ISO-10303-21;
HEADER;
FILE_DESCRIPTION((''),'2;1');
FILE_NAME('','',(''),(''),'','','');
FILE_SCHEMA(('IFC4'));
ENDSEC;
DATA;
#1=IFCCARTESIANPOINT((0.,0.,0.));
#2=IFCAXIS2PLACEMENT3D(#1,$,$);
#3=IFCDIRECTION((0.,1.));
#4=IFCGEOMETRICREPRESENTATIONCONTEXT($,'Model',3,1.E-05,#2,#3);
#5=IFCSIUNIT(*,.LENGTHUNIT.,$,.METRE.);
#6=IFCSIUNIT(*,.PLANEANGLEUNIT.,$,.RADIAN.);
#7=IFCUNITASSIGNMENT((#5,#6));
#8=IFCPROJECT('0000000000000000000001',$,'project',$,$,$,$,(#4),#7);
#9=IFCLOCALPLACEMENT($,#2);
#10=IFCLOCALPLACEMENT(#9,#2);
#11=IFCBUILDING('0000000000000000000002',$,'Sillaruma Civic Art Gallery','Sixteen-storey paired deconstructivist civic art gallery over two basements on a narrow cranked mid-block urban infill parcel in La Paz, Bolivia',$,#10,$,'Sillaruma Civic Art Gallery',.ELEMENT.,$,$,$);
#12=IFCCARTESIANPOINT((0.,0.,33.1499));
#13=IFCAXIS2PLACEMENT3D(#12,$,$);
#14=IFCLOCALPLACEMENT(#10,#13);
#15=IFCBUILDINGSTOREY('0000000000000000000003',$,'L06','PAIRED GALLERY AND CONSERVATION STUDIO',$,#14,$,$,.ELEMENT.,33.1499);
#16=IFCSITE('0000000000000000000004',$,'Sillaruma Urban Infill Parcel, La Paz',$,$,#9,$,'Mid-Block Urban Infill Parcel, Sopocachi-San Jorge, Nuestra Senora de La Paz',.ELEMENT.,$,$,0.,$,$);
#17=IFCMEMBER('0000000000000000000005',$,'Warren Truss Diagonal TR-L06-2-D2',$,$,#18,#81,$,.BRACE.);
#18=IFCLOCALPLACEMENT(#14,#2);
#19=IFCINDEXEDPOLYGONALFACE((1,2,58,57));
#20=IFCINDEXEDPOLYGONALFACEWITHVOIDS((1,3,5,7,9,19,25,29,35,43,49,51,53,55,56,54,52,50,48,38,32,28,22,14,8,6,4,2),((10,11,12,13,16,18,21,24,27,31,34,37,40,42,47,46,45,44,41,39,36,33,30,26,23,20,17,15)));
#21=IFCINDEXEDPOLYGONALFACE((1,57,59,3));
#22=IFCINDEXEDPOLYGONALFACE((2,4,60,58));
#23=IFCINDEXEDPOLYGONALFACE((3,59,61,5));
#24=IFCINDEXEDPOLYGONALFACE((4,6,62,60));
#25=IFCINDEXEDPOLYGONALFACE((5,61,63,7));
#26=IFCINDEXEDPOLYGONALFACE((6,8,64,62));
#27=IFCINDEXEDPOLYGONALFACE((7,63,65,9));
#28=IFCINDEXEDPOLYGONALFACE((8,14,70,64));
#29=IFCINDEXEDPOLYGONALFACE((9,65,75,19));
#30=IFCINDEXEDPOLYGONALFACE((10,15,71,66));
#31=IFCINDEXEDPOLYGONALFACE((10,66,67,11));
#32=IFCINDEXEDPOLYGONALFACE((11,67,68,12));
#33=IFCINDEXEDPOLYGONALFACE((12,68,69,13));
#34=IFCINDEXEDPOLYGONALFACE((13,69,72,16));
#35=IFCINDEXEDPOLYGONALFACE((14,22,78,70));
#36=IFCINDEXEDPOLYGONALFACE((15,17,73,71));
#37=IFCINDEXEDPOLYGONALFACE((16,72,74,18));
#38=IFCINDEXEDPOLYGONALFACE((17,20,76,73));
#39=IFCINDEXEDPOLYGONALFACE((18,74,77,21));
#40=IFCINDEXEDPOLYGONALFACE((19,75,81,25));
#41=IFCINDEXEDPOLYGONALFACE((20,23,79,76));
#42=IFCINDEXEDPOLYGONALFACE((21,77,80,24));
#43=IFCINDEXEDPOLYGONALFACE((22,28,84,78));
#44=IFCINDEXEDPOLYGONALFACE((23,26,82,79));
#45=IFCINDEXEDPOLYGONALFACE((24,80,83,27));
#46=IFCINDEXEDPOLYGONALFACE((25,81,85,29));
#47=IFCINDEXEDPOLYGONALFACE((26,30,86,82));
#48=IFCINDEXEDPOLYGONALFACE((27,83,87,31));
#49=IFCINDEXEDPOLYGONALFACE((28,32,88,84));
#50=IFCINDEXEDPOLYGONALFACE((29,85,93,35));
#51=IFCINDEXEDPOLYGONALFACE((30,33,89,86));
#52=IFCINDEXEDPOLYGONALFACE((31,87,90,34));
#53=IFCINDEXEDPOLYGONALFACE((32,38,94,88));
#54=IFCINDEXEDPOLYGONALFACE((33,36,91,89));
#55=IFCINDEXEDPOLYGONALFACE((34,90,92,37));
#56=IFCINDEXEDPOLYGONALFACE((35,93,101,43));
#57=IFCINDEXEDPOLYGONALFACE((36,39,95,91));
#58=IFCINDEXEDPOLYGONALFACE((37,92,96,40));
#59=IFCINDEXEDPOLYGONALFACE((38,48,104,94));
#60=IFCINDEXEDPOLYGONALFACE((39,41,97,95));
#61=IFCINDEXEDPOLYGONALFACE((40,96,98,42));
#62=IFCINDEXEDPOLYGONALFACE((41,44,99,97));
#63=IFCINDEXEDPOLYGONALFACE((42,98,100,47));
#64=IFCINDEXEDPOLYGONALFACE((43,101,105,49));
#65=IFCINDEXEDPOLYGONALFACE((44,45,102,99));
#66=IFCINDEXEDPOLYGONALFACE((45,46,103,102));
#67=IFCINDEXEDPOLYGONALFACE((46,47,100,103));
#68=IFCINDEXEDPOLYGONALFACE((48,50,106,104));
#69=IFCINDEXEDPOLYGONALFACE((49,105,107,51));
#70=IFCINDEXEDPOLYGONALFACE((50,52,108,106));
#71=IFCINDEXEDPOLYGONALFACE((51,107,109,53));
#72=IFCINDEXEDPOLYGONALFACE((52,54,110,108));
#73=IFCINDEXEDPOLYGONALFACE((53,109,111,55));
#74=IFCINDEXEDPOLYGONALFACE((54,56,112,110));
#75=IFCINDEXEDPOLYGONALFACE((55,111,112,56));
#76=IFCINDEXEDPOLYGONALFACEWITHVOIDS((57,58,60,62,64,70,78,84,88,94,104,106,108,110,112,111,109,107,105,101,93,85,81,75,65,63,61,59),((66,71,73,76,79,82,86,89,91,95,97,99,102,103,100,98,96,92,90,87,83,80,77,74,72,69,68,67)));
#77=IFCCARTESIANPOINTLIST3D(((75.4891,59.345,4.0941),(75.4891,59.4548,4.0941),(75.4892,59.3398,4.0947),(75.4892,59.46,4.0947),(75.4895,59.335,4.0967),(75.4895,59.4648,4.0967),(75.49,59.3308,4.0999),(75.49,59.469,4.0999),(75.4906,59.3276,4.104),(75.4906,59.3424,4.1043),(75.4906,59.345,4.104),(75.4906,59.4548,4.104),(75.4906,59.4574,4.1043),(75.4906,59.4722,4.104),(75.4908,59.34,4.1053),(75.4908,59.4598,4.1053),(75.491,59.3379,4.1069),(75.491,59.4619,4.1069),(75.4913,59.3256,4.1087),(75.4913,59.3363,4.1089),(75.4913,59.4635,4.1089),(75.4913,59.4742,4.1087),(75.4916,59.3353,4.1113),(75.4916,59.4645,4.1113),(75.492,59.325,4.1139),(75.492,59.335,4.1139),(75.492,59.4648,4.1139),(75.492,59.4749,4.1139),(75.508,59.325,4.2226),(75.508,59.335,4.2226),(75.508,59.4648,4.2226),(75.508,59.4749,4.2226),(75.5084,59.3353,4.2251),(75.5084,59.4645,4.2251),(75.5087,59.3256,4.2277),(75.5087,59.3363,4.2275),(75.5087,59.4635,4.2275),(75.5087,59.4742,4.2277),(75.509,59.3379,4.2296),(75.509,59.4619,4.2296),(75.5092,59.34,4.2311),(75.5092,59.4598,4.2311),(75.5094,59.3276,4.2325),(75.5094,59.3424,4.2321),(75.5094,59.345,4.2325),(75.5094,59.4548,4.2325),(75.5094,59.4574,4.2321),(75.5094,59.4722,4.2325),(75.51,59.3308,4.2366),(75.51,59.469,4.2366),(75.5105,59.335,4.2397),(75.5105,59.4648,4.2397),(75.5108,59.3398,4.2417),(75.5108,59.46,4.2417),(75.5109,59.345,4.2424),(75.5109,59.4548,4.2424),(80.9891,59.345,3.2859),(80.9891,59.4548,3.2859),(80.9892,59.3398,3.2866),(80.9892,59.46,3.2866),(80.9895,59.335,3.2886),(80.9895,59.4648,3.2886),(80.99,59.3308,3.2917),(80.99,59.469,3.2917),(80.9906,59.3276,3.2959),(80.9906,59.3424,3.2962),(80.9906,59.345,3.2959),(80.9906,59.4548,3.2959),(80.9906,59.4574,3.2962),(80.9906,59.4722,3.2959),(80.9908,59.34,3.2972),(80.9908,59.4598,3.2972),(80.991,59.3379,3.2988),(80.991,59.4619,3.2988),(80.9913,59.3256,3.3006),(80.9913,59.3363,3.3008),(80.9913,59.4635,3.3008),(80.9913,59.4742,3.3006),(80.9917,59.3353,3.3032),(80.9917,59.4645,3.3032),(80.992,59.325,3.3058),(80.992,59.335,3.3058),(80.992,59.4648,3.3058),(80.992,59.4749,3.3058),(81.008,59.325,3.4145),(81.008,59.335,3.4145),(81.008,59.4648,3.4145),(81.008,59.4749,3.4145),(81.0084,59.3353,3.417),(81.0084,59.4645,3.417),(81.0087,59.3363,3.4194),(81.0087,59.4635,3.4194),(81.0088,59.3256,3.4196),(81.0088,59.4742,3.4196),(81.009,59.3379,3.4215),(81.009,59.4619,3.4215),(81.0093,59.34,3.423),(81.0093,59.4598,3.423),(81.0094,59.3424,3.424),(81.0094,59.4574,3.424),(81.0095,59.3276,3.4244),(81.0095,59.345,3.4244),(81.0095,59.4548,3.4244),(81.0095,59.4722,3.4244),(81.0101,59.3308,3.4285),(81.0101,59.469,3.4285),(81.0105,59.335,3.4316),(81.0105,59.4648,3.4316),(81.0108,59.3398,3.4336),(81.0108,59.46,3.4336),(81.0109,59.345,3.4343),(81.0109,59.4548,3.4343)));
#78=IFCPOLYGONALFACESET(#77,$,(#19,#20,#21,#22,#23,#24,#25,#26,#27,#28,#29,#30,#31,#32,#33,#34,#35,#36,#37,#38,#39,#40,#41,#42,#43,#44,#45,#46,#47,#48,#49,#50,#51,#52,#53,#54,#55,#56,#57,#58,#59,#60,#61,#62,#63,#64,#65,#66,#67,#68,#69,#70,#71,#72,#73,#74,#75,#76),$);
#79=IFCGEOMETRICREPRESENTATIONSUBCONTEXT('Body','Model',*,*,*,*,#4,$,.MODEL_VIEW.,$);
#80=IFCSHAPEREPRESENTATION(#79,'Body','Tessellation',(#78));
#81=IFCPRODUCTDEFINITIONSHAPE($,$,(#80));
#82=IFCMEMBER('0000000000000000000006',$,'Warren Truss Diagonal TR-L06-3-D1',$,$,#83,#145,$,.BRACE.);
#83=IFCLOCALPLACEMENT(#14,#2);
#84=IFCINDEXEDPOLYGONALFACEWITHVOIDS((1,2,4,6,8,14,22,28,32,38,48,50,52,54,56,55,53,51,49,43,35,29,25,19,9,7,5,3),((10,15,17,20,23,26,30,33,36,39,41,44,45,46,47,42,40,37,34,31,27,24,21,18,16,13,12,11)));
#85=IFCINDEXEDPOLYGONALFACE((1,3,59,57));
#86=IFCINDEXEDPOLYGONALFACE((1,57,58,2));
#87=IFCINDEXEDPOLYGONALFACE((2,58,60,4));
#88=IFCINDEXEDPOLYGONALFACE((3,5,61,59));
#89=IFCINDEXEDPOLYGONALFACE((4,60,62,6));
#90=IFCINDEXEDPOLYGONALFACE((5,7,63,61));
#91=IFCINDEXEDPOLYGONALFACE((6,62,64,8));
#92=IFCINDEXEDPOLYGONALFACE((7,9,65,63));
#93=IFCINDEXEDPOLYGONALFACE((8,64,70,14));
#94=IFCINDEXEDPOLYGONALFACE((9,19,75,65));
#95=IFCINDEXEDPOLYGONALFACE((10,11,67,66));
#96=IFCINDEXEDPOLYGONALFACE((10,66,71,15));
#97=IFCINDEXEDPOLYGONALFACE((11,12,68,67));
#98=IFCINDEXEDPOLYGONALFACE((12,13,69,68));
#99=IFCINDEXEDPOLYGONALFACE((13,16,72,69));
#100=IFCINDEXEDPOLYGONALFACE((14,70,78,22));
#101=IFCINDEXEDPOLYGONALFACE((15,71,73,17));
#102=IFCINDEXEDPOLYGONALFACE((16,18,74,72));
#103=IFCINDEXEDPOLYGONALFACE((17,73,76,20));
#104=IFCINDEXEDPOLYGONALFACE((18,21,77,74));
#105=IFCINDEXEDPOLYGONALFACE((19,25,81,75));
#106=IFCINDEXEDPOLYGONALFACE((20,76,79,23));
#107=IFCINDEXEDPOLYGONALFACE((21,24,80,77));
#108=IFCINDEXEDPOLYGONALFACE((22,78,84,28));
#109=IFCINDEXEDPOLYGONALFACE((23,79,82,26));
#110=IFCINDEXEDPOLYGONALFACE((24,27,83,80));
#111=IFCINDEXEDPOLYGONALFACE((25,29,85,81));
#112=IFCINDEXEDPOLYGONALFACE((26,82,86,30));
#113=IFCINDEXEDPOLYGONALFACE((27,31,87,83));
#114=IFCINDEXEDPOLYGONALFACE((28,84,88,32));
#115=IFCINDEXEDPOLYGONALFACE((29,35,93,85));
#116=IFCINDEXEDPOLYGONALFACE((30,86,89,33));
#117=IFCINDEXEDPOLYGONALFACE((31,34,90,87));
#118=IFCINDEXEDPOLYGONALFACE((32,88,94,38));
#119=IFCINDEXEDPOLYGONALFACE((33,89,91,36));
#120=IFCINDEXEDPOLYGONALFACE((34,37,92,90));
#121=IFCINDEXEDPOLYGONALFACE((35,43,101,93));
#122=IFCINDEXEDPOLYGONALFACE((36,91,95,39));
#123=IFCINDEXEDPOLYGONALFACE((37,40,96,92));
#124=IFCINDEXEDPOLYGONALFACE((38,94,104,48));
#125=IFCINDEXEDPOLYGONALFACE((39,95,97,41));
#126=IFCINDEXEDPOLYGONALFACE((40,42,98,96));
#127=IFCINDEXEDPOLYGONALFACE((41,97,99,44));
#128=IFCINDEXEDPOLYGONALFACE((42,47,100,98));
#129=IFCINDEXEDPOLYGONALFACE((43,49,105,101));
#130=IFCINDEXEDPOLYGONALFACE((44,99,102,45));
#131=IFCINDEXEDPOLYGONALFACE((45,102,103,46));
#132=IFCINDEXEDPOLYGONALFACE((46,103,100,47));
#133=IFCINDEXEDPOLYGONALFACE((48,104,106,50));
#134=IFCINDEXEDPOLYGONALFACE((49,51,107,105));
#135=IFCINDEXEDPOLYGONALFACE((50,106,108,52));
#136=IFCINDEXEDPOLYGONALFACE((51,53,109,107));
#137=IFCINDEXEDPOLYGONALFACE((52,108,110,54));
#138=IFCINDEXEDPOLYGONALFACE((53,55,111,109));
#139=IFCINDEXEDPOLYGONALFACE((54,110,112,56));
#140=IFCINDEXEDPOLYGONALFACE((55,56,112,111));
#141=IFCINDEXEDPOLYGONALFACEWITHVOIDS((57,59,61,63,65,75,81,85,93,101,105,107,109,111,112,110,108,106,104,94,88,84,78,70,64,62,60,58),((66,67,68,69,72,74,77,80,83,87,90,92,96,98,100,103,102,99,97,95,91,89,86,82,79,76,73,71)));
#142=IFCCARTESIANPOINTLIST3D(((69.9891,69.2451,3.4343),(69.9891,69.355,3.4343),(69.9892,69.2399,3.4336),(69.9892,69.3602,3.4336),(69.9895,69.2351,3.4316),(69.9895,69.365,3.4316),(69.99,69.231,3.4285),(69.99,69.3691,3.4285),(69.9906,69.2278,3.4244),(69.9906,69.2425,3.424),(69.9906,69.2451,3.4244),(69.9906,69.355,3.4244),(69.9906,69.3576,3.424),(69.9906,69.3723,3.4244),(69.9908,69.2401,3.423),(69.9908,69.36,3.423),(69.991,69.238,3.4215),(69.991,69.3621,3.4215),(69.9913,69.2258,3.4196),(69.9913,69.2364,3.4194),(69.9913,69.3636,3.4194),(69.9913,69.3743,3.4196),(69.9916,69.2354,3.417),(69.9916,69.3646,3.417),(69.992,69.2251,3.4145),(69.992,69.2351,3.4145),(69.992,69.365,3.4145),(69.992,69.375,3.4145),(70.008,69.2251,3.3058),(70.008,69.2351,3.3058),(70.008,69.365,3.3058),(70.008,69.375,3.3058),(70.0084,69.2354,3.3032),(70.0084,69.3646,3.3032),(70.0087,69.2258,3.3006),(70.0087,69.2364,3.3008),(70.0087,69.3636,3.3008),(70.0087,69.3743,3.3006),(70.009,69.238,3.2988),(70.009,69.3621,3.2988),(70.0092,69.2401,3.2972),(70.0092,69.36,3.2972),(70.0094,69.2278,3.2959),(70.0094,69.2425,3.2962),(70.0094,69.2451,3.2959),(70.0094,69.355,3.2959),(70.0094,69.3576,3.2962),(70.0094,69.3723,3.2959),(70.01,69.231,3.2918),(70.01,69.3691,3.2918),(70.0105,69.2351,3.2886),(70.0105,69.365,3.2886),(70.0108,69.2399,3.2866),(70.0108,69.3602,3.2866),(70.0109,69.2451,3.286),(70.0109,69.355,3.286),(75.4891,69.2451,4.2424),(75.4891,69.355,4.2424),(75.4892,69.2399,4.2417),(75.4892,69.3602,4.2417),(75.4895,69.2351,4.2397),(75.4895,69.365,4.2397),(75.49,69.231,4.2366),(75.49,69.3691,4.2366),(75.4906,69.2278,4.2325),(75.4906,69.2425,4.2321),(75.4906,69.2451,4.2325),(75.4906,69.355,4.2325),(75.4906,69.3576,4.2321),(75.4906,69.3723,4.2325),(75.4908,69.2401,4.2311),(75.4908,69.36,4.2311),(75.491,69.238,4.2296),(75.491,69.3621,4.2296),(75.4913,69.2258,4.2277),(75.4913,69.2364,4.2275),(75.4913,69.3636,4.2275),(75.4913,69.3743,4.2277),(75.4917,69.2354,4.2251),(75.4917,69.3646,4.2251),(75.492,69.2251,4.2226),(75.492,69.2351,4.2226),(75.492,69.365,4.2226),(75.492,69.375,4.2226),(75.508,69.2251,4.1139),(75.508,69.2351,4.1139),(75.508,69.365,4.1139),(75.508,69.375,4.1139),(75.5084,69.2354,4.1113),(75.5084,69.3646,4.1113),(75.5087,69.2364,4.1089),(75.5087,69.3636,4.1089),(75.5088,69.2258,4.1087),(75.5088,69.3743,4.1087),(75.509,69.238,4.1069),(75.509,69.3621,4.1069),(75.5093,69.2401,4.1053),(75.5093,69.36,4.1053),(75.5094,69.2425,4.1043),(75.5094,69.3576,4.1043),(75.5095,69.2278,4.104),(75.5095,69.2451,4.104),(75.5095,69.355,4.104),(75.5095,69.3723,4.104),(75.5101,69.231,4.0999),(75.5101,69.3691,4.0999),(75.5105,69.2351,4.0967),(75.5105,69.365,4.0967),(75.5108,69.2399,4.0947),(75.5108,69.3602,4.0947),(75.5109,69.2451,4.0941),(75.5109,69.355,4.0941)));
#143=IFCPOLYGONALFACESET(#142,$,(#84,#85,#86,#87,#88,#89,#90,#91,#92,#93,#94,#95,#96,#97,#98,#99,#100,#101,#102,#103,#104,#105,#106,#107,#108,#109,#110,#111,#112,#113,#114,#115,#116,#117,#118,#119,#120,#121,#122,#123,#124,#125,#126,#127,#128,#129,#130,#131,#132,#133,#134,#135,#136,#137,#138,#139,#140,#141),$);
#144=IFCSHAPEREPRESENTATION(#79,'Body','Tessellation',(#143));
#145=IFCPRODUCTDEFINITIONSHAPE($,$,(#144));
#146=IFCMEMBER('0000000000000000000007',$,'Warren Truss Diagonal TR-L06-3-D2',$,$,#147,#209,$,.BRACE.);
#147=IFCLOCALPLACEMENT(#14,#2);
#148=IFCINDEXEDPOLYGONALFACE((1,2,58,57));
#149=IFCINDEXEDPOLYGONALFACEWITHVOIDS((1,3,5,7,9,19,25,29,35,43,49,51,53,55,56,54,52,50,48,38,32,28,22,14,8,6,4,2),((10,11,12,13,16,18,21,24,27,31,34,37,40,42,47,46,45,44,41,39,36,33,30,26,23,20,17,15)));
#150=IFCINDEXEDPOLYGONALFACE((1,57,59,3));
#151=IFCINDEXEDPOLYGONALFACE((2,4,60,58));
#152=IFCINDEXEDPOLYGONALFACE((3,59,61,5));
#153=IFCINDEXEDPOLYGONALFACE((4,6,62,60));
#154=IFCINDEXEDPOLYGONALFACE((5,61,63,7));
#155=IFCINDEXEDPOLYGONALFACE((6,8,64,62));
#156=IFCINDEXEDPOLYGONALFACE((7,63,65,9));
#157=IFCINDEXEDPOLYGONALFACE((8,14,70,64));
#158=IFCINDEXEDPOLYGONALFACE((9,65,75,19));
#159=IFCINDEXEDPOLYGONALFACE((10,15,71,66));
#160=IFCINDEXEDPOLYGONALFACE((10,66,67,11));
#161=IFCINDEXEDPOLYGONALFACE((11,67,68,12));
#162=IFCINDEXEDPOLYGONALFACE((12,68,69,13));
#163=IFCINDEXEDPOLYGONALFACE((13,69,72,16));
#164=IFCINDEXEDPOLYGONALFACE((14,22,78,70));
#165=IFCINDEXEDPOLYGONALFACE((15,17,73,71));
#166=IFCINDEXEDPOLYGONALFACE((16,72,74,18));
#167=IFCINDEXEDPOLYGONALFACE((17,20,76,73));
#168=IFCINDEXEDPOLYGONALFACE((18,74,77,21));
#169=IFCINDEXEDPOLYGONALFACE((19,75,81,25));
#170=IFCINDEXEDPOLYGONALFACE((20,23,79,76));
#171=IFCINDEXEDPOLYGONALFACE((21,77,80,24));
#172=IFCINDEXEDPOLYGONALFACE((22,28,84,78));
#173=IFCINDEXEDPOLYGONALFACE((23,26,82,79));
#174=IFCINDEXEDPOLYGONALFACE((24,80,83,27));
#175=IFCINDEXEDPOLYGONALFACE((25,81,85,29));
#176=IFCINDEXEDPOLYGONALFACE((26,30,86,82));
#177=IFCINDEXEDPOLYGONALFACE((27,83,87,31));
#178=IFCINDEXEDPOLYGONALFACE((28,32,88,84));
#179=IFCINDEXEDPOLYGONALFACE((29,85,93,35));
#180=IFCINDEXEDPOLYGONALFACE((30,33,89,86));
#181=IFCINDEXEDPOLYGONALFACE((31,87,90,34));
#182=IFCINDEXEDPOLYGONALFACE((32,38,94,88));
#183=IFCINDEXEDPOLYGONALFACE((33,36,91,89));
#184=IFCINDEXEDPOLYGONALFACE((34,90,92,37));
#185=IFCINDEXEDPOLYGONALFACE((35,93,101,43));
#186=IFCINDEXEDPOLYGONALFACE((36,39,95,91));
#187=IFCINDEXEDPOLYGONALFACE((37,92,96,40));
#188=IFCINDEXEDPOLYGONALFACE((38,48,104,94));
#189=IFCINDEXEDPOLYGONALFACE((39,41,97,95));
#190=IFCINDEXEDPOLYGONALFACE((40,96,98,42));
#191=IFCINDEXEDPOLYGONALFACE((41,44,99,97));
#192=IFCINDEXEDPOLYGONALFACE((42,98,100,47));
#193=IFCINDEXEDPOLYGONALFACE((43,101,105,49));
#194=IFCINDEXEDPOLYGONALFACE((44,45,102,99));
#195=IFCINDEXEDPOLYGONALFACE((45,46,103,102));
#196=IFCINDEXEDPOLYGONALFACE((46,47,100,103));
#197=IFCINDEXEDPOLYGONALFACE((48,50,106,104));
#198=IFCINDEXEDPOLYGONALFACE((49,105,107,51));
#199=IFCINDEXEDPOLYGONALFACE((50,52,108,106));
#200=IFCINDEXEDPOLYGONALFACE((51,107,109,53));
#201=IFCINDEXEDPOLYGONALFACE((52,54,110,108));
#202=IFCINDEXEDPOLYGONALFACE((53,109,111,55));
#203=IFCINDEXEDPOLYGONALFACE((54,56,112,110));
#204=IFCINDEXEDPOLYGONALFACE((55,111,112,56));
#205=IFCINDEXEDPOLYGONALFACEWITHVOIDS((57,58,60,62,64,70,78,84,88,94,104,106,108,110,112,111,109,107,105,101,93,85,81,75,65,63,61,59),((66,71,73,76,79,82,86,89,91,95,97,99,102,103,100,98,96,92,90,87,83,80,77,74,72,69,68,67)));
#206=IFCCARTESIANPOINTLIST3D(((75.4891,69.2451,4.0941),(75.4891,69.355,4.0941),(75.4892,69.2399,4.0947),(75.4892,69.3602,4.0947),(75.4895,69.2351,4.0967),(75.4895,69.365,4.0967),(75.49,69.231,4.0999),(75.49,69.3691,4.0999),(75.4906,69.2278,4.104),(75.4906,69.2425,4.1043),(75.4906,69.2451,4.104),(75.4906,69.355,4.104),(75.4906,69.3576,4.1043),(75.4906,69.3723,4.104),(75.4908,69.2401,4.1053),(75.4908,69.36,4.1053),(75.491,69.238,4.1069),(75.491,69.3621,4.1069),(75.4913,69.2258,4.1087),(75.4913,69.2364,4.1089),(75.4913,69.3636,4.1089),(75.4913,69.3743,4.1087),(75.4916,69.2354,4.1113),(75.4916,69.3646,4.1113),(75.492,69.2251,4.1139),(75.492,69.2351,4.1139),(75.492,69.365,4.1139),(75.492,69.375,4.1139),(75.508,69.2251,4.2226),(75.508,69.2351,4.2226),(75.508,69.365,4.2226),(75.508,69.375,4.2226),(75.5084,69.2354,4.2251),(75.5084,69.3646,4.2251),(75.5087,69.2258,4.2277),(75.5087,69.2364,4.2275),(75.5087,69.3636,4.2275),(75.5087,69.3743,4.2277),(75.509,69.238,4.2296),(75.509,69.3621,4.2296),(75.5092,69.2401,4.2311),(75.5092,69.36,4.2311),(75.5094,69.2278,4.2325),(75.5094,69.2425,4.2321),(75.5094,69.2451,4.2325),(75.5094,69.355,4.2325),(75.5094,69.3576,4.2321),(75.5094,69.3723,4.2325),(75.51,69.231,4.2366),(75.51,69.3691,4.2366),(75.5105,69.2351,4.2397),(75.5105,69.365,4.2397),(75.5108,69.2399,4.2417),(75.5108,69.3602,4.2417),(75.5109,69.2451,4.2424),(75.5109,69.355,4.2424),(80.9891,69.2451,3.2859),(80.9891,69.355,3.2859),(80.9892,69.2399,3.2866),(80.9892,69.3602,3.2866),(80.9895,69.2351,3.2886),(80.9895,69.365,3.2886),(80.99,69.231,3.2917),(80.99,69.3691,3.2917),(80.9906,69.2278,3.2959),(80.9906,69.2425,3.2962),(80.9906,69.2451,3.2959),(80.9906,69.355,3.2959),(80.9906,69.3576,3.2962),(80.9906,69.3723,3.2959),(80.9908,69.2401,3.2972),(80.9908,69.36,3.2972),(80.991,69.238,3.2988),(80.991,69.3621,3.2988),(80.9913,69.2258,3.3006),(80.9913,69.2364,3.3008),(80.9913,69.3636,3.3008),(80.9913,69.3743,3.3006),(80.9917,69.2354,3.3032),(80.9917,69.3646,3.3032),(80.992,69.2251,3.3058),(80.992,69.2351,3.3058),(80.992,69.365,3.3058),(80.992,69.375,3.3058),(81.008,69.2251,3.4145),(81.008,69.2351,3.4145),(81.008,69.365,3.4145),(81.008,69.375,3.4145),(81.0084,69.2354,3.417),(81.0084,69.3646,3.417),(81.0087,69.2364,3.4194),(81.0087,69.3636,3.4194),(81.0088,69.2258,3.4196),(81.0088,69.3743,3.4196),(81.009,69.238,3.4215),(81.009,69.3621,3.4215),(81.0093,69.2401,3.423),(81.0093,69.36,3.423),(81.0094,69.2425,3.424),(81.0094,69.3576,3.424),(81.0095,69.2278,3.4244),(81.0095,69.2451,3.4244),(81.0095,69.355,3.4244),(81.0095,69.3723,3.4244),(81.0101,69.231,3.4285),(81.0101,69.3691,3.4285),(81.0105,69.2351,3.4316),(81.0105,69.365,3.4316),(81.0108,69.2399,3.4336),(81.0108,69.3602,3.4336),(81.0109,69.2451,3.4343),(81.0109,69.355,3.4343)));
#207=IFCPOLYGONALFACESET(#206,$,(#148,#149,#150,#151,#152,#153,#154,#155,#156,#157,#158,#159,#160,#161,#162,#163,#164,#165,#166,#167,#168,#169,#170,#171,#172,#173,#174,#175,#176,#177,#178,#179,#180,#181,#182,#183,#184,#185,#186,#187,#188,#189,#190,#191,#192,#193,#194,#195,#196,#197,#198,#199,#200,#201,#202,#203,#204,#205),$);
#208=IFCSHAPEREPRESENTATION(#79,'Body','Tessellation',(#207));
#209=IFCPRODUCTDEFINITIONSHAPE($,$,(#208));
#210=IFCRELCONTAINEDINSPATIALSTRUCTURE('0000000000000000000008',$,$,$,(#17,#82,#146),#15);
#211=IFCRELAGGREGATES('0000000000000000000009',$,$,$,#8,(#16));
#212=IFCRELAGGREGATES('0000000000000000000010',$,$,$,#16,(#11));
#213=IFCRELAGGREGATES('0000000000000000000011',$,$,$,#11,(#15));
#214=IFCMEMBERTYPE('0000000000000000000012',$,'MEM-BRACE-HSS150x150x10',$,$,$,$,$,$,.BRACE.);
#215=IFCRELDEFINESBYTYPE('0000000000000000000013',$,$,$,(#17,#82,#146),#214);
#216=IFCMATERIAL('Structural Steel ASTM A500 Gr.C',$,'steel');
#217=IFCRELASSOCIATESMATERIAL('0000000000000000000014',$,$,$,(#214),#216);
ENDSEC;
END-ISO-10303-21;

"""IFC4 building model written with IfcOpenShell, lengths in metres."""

from ifc_helpers import new_model, si_unit, direction, frame, origin, origin_2d, place, context, subcontext, project, spatial, hollow_rectangle, extrude, material, material_profile, profile_set, type_object, element, save


model = new_model("IFC4")

# Units and contexts
model_context = context("Model", 3, precision=1e-05, world=origin(), true_north=direction((0.0, 1.0)))
body_context = subcontext(model_context, "Body", "Model", "MODEL_VIEW")
ifc_project = project(units=[si_unit("LENGTHUNIT", "METRE"), si_unit("PLANEANGLEUNIT", "RADIAN")], contexts=[model_context])

# Site, building, storey
site_placement = place(None, origin())
site = spatial("IfcSite", under=ifc_project, at=site_placement, Name="Sillaruma Urban Infill Parcel, La Paz", LongName="Mid-Block Urban Infill Parcel, Sopocachi-San Jorge, Nuestra Senora de La Paz", CompositionType="ELEMENT", RefElevation=0.0)
building_placement = place(site_placement, origin())
building = spatial("IfcBuilding", under=site, at=building_placement, Name="Sillaruma Civic Art Gallery", Description="Sixteen-storey paired deconstructivist civic art gallery over two basements on a narrow cranked mid-block urban infill parcel in La Paz, Bolivia", LongName="Sillaruma Civic Art Gallery", CompositionType="ELEMENT")
storey_placement = place(building_placement, frame((0.0, 0.0, 33.1499)))
storey = spatial("IfcBuildingStorey", under=building, at=storey_placement, Name="L06", Description="PAIRED GALLERY AND CONSERVATION STUDIO", CompositionType="ELEMENT", Elevation=33.1499)

# Shared definitions
ifc_material_1 = material(Name="Structural Steel ASTM A500 Gr.C", Category="steel")

# Members
ifc_material_profile_1 = material_profile(ifc_material_1, hollow_rectangle(XDim=0.1499, YDim=0.1499, WallThickness=0.01, InnerFilletRadius=0.01, OuterFilletRadius=0.02, at=origin_2d()), Name="HSS150x150x10")
ifc_profile_set_1 = profile_set([ifc_material_profile_1], Name="Structural Steel ASTM A500 Gr.C")
member_type_1 = type_object("IfcMemberType", Name="MEM-BRACE-HSS150x150x10", PredefinedType="BRACE", material=ifc_profile_set_1)
for number, where, z_axis, x_axis, name in (
    (1, (75.5, 59.3999, 4.1682), (0.989378, 0.0, -0.145368), (0.0, 1.0, 0.0), "Warren Truss Diagonal TR-L06-2-D2"),
    (2, (70.0, 69.3, 3.3601), (0.989378, 0.0, 0.145368), (0.0, 1.0, 0.0), "Warren Truss Diagonal TR-L06-3-D1"),
    (3, (75.5, 69.3, 4.1682), (0.989378, 0.0, -0.145368), (0.0, 1.0, 0.0), "Warren Truss Diagonal TR-L06-3-D2"),
):
    element("IfcMember", number, at=place(storey_placement, frame(where, z_axis=z_axis, x_axis=x_axis)), inside=storey, type_object=member_type_1, Name=name, PredefinedType="BRACE", context=body_context, shape_type="SweptSolid", body=[
        extrude(hollow_rectangle(XDim=0.1499, YDim=0.1499, WallThickness=0.01, InnerFilletRadius=0.01, OuterFilletRadius=0.02, at=origin_2d()), origin(), (0.0, 0.0, 1.0), 5.5591),
    ])

save(model, "model.ifc")
